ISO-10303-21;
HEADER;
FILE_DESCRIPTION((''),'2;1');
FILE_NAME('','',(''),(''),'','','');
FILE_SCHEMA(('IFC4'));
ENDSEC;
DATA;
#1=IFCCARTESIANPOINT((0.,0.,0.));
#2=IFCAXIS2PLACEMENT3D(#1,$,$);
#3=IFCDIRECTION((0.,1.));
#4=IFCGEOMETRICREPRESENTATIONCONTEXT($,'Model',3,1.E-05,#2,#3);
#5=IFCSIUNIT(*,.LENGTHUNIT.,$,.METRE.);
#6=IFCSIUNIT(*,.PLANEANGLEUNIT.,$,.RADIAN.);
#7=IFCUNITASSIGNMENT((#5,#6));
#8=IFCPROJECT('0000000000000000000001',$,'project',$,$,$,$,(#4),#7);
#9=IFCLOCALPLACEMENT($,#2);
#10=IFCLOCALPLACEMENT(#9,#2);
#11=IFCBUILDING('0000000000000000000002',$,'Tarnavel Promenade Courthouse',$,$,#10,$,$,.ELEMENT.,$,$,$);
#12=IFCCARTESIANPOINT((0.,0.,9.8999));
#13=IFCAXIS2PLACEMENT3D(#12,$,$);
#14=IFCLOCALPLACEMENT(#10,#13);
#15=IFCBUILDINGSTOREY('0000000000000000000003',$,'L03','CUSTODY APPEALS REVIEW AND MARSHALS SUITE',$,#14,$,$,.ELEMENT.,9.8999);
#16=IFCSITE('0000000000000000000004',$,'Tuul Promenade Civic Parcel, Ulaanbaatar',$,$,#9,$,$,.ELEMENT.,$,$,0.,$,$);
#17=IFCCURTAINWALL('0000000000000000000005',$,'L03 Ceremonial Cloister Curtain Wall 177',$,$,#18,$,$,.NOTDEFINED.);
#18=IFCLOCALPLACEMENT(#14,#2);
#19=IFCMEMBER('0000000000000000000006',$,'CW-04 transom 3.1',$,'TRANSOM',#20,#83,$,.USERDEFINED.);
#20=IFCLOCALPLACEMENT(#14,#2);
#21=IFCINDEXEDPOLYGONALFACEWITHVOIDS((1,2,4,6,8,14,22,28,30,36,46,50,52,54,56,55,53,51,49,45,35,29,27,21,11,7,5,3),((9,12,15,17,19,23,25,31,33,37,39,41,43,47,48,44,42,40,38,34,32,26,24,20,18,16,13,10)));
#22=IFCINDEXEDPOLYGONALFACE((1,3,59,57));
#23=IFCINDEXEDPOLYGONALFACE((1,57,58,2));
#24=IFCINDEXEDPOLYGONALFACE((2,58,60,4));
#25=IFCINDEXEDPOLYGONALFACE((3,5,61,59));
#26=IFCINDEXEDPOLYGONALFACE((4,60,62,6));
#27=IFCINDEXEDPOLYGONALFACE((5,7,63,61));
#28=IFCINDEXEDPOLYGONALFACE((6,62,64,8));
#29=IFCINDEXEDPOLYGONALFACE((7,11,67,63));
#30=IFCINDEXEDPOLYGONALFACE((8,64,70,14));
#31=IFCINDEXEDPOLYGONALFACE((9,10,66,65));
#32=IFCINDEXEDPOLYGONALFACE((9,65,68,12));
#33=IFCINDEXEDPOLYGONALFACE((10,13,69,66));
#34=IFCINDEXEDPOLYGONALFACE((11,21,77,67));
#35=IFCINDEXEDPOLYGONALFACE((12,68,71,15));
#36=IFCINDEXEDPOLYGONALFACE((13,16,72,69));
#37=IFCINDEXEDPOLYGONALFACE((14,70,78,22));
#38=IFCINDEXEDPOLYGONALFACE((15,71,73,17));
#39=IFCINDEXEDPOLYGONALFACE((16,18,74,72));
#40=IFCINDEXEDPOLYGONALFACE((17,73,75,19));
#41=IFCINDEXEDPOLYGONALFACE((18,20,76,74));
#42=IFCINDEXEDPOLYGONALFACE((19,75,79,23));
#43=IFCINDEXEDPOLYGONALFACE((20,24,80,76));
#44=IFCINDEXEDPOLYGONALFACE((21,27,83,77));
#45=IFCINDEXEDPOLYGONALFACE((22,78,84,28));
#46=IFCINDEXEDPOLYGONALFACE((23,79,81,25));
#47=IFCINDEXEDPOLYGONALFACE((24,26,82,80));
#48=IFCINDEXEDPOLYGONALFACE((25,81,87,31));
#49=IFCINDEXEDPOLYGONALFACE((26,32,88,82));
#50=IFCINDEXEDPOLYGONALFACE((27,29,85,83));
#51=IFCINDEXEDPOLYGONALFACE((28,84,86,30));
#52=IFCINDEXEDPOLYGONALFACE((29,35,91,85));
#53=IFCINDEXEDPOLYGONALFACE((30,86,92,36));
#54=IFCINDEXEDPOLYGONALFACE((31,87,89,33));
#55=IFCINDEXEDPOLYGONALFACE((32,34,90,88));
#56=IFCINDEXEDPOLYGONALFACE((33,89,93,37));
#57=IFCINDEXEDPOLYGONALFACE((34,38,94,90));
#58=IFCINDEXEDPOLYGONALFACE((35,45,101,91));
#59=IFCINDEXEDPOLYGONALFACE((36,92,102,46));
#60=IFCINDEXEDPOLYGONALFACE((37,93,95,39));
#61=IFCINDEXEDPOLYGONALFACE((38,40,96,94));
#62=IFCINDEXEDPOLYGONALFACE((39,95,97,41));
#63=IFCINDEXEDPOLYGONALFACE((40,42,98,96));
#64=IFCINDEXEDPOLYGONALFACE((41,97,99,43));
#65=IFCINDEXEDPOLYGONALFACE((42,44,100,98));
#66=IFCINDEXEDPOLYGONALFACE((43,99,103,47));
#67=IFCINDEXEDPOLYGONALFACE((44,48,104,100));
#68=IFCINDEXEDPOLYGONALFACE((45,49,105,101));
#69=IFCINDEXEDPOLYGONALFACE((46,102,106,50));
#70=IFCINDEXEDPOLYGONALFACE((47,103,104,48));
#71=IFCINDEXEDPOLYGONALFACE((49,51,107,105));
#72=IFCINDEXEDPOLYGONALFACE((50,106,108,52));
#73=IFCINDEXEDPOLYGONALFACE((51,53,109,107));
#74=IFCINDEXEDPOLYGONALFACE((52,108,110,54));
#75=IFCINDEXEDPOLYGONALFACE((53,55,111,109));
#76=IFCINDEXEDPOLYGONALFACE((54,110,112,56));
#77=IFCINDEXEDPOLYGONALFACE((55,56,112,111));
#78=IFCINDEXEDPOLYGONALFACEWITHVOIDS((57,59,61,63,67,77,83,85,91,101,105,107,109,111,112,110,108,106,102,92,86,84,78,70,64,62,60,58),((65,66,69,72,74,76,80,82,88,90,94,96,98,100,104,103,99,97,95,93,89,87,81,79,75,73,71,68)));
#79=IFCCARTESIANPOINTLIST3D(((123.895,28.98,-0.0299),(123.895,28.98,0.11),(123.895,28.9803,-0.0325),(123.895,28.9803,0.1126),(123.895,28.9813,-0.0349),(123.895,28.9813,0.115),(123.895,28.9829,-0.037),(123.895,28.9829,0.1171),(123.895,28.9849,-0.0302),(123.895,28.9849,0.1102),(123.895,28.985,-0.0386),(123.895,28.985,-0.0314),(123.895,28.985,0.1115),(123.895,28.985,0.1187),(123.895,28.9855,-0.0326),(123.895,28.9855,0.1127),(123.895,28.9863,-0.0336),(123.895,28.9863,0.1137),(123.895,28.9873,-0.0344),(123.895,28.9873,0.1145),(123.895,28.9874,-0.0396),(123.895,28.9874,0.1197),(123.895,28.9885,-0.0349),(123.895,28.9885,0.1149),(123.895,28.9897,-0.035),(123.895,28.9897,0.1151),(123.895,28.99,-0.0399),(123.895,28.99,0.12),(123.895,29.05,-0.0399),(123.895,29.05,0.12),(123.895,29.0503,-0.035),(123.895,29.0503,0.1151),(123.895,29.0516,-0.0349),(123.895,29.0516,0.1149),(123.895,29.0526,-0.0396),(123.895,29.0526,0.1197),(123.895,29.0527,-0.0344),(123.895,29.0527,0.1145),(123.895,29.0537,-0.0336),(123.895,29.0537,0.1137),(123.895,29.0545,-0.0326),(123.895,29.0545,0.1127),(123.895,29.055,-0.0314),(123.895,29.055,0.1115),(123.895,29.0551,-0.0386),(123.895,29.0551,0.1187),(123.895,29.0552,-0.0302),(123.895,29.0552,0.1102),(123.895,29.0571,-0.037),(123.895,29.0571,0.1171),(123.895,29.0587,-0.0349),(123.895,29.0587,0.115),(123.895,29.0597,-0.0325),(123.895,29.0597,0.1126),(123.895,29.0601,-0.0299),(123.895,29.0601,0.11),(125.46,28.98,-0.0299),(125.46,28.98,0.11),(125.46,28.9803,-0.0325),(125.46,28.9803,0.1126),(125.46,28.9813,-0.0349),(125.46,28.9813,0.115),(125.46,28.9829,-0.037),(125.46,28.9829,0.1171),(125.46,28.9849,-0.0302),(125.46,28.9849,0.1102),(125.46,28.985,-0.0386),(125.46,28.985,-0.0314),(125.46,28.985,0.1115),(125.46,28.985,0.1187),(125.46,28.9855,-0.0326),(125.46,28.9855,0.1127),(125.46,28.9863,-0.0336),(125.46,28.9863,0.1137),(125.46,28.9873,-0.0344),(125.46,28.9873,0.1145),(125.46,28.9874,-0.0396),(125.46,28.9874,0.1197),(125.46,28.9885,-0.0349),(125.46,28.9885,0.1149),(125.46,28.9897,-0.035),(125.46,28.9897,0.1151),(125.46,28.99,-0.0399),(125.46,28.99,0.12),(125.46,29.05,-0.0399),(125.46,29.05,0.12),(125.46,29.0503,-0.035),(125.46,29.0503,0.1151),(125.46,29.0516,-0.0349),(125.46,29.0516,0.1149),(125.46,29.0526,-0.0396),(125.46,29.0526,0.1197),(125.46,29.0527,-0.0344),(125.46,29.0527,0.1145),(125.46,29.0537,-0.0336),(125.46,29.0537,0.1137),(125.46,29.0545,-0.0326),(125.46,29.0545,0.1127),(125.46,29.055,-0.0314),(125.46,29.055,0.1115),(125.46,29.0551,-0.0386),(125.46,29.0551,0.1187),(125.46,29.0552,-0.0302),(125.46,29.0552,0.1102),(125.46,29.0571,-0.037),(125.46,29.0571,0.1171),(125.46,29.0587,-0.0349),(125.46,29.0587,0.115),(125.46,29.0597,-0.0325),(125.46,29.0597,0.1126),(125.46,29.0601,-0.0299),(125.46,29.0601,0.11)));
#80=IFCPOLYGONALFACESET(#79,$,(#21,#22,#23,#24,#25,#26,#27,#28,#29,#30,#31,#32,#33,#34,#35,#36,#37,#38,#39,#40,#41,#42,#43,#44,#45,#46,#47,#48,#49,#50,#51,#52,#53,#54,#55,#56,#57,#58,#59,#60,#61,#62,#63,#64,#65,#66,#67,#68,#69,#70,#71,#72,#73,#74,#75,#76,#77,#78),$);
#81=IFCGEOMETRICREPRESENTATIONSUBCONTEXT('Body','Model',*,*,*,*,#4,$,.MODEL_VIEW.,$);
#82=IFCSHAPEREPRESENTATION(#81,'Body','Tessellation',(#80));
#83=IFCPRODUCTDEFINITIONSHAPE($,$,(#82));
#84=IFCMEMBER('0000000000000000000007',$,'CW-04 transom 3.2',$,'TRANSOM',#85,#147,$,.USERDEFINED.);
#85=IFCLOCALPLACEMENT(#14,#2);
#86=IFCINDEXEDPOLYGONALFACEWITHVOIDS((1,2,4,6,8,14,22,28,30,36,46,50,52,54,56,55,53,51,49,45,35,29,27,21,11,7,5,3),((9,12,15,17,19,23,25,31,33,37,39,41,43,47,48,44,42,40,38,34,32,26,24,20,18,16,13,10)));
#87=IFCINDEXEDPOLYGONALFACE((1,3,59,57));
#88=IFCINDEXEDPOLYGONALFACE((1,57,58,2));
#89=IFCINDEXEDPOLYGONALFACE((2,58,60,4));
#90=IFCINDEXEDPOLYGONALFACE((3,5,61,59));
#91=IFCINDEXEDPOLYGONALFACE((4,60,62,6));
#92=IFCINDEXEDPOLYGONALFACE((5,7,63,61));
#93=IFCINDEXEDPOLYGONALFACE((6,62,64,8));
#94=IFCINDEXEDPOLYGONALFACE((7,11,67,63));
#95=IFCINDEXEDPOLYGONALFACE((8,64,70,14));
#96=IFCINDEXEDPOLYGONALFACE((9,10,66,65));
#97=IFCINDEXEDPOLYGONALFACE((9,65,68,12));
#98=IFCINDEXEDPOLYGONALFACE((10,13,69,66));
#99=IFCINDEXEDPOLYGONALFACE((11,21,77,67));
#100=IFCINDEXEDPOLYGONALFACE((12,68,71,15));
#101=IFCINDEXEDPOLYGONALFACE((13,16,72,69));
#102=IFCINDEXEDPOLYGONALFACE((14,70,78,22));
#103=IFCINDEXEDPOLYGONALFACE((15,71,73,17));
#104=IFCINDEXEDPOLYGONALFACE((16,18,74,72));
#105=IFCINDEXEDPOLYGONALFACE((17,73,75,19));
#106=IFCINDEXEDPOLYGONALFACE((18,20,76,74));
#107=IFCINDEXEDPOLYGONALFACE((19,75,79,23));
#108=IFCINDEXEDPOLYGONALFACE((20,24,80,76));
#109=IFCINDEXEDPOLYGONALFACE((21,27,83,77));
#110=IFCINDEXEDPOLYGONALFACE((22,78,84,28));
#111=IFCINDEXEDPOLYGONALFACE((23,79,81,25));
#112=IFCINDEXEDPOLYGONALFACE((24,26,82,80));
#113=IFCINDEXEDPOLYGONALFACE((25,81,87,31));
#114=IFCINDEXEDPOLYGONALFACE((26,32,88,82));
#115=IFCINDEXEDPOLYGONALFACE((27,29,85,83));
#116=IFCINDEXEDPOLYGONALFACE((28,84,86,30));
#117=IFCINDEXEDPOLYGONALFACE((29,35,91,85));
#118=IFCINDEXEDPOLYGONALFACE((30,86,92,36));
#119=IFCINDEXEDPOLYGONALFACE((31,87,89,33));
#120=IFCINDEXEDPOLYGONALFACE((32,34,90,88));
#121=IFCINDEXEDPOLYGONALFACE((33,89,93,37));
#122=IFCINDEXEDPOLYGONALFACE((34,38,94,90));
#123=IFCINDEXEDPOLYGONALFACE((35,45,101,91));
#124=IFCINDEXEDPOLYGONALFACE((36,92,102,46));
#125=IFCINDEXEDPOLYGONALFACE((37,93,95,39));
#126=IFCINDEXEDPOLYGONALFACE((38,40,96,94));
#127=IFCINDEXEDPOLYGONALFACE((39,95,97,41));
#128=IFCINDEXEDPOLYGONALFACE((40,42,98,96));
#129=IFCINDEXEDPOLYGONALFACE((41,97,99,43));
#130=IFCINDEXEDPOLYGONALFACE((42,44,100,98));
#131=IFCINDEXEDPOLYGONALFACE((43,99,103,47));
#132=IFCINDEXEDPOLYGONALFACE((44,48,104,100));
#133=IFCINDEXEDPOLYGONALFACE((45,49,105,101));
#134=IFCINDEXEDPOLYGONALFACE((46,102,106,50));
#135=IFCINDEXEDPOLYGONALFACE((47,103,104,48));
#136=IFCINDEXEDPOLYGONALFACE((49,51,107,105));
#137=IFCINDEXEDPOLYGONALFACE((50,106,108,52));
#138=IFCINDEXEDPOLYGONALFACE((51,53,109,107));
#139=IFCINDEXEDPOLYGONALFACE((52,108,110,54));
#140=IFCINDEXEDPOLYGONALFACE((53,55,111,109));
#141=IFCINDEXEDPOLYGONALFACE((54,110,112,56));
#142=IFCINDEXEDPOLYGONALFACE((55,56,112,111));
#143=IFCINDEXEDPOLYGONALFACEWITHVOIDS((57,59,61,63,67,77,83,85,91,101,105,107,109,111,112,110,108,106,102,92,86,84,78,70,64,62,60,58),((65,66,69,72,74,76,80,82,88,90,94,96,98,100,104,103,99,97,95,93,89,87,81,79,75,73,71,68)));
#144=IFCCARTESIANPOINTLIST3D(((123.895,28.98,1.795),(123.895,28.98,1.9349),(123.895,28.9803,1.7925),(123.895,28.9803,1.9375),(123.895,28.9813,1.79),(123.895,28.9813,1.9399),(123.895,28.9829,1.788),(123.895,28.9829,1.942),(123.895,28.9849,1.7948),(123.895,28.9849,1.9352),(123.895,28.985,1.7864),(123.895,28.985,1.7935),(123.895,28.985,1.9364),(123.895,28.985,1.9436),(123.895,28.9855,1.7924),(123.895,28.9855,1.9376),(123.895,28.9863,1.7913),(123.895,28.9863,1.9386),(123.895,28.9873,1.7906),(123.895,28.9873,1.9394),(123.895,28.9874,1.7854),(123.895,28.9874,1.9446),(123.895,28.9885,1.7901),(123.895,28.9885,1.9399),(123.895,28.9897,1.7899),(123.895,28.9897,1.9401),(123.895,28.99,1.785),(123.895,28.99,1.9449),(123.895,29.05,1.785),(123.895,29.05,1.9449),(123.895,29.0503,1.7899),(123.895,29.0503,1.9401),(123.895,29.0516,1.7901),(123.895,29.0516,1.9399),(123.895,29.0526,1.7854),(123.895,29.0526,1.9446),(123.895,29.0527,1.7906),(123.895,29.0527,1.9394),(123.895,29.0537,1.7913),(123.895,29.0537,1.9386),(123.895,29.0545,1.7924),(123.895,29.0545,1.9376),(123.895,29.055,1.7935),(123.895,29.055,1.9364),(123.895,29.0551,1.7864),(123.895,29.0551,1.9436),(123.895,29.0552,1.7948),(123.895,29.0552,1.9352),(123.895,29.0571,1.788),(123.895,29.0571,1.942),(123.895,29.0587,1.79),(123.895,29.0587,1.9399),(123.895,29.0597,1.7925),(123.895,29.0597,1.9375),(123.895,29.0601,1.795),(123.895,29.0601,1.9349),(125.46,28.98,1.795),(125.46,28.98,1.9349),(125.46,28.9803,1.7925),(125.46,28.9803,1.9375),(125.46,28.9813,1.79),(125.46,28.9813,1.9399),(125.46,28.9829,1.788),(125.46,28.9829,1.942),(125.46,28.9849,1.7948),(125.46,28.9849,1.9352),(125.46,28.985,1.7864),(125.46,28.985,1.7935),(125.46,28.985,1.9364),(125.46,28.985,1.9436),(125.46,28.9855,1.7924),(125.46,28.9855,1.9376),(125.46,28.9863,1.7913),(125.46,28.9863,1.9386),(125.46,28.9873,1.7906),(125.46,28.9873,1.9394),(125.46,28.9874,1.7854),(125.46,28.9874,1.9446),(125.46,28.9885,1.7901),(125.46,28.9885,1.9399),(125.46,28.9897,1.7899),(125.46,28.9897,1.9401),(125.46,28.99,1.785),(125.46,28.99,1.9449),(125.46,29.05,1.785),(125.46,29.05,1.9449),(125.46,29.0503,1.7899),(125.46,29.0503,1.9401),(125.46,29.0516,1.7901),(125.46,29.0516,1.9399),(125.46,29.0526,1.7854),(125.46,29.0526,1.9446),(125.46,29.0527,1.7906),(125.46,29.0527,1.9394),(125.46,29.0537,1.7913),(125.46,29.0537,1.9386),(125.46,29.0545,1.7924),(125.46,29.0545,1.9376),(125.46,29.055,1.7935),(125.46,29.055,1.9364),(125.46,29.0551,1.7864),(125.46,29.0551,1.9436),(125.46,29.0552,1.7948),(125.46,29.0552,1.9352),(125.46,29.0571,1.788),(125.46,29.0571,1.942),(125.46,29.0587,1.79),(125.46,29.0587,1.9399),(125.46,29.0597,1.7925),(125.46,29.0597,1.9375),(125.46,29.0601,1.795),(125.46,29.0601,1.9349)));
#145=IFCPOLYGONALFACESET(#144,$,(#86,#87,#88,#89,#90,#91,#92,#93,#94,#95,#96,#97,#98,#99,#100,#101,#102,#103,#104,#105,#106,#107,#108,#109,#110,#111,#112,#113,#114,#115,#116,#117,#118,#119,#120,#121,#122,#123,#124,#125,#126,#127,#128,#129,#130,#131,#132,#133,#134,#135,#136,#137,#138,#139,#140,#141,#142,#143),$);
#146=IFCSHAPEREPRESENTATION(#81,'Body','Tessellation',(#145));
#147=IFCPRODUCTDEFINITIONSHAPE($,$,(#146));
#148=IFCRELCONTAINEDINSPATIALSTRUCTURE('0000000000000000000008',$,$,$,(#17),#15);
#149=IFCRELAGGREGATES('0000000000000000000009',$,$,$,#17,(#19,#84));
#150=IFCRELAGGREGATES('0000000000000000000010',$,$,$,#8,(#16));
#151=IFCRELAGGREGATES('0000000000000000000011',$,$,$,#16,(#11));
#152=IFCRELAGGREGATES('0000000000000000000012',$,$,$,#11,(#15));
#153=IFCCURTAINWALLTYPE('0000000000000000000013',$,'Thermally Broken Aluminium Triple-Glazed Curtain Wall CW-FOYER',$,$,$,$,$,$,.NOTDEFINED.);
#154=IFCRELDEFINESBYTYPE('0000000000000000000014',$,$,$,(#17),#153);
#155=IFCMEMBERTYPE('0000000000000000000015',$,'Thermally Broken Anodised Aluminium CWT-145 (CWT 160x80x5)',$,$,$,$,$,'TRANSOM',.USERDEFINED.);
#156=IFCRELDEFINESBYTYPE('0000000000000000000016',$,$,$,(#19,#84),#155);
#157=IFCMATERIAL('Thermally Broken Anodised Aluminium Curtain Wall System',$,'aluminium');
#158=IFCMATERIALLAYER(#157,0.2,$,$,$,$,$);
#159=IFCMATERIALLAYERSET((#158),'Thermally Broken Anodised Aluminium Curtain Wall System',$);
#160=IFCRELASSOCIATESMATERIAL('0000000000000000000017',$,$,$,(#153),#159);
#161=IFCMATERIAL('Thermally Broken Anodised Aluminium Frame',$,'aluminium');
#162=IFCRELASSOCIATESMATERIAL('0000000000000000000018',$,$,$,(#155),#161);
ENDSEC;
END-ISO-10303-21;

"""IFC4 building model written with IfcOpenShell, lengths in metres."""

from ifc_helpers import new_model, si_unit, direction, frame, origin, origin_2d, place, context, subcontext, project, spatial, hollow_rectangle, extrude, material, layer, layer_set, material_profile, profile_set, type_object, element, aggregate, save


model = new_model("IFC4")

# Units and contexts
model_context = context("Model", 3, precision=1e-05, world=origin(), true_north=direction((0.0, 1.0)))
body_context = subcontext(model_context, "Body", "Model", "MODEL_VIEW")
ifc_project = project(units=[si_unit("LENGTHUNIT", "METRE"), si_unit("PLANEANGLEUNIT", "RADIAN")], contexts=[model_context])

# Site, building, storey
site_placement = place(None, origin())
site = spatial("IfcSite", under=ifc_project, at=site_placement, Name="Tuul Promenade Civic Parcel, Ulaanbaatar", CompositionType="ELEMENT", RefElevation=0.0)
building_placement = place(site_placement, origin())
building = spatial("IfcBuilding", under=site, at=building_placement, Name="Tarnavel Promenade Courthouse", CompositionType="ELEMENT")
storey_placement = place(building_placement, frame((0.0, 0.0, 9.8999)))
storey = spatial("IfcBuildingStorey", under=building, at=storey_placement, Name="L03", Description="CUSTODY APPEALS REVIEW AND MARSHALS SUITE", CompositionType="ELEMENT", Elevation=9.8999)

# Curtain wall, members
ifc_material_1 = material(Name="Thermally Broken Anodised Aluminium Curtain Wall System", Category="aluminium")
ifc_layer_1 = layer(ifc_material_1, 0.2)
ifc_layer_set_1 = layer_set([ifc_layer_1], Name="Thermally Broken Anodised Aluminium Curtain Wall System")
curtain_wall_type = type_object("IfcCurtainWallType", Name="Thermally Broken Aluminium Triple-Glazed Curtain Wall CW-FOYER", PredefinedType="NOTDEFINED", material=ifc_layer_set_1)
curtain_wall_placement = place(storey_placement, origin())
curtain_wall = element("IfcCurtainWall", 1, at=curtain_wall_placement, inside=storey, type_object=curtain_wall_type, Name="L03 Ceremonial Cloister Curtain Wall 177", PredefinedType="NOTDEFINED")
ifc_material_2 = material(Name="Thermally Broken Anodised Aluminium Frame", Category="aluminium")
ifc_material_profile_1 = material_profile(ifc_material_2, hollow_rectangle(XDim=0.0801, YDim=0.1599, WallThickness=0.0049, InnerFilletRadius=0.0049, OuterFilletRadius=0.01, at=origin_2d()), Name="CWT 160x80x5")
ifc_profile_set_1 = profile_set([ifc_material_profile_1], Name="Thermally Broken Anodised Aluminium Frame")
member_type_1 = type_object("IfcMemberType", Name="Thermally Broken Anodised Aluminium CWT-145 (CWT 160x80x5)", ElementType="TRANSOM", PredefinedType="USERDEFINED", material=ifc_profile_set_1)
member_1_placement = place(storey_placement, frame((123.895, 29.02, 0.04), z_axis=(1.0, 0.0, 0.0), x_axis=(0.0, 1.0, 0.0)))
member_1 = element("IfcMember", 2, at=member_1_placement, type_object=member_type_1, Name="CW-04 transom 3.1", ObjectType="TRANSOM", PredefinedType="USERDEFINED", context=body_context, shape_type="SweptSolid", body=[
    extrude(hollow_rectangle(XDim=0.0801, YDim=0.1599, WallThickness=0.0049, InnerFilletRadius=0.0049, OuterFilletRadius=0.01, at=origin_2d()), origin(), (0.0, 0.0, 1.0), 1.5649),
])
member_2_placement = place(storey_placement, frame((123.895, 29.02, 1.865), z_axis=(1.0, 0.0, 0.0), x_axis=(0.0, 1.0, 0.0)))
member_2 = element("IfcMember", 3, at=member_2_placement, type_object=member_type_1, Name="CW-04 transom 3.2", ObjectType="TRANSOM", PredefinedType="USERDEFINED", context=body_context, shape_type="SweptSolid", body=[
    extrude(hollow_rectangle(XDim=0.0801, YDim=0.1599, WallThickness=0.0049, InnerFilletRadius=0.0049, OuterFilletRadius=0.01, at=origin_2d()), origin(), (0.0, 0.0, 1.0), 1.5649),
])
aggregate(curtain_wall, [member_1, member_2])

save(model, "model.ifc")
